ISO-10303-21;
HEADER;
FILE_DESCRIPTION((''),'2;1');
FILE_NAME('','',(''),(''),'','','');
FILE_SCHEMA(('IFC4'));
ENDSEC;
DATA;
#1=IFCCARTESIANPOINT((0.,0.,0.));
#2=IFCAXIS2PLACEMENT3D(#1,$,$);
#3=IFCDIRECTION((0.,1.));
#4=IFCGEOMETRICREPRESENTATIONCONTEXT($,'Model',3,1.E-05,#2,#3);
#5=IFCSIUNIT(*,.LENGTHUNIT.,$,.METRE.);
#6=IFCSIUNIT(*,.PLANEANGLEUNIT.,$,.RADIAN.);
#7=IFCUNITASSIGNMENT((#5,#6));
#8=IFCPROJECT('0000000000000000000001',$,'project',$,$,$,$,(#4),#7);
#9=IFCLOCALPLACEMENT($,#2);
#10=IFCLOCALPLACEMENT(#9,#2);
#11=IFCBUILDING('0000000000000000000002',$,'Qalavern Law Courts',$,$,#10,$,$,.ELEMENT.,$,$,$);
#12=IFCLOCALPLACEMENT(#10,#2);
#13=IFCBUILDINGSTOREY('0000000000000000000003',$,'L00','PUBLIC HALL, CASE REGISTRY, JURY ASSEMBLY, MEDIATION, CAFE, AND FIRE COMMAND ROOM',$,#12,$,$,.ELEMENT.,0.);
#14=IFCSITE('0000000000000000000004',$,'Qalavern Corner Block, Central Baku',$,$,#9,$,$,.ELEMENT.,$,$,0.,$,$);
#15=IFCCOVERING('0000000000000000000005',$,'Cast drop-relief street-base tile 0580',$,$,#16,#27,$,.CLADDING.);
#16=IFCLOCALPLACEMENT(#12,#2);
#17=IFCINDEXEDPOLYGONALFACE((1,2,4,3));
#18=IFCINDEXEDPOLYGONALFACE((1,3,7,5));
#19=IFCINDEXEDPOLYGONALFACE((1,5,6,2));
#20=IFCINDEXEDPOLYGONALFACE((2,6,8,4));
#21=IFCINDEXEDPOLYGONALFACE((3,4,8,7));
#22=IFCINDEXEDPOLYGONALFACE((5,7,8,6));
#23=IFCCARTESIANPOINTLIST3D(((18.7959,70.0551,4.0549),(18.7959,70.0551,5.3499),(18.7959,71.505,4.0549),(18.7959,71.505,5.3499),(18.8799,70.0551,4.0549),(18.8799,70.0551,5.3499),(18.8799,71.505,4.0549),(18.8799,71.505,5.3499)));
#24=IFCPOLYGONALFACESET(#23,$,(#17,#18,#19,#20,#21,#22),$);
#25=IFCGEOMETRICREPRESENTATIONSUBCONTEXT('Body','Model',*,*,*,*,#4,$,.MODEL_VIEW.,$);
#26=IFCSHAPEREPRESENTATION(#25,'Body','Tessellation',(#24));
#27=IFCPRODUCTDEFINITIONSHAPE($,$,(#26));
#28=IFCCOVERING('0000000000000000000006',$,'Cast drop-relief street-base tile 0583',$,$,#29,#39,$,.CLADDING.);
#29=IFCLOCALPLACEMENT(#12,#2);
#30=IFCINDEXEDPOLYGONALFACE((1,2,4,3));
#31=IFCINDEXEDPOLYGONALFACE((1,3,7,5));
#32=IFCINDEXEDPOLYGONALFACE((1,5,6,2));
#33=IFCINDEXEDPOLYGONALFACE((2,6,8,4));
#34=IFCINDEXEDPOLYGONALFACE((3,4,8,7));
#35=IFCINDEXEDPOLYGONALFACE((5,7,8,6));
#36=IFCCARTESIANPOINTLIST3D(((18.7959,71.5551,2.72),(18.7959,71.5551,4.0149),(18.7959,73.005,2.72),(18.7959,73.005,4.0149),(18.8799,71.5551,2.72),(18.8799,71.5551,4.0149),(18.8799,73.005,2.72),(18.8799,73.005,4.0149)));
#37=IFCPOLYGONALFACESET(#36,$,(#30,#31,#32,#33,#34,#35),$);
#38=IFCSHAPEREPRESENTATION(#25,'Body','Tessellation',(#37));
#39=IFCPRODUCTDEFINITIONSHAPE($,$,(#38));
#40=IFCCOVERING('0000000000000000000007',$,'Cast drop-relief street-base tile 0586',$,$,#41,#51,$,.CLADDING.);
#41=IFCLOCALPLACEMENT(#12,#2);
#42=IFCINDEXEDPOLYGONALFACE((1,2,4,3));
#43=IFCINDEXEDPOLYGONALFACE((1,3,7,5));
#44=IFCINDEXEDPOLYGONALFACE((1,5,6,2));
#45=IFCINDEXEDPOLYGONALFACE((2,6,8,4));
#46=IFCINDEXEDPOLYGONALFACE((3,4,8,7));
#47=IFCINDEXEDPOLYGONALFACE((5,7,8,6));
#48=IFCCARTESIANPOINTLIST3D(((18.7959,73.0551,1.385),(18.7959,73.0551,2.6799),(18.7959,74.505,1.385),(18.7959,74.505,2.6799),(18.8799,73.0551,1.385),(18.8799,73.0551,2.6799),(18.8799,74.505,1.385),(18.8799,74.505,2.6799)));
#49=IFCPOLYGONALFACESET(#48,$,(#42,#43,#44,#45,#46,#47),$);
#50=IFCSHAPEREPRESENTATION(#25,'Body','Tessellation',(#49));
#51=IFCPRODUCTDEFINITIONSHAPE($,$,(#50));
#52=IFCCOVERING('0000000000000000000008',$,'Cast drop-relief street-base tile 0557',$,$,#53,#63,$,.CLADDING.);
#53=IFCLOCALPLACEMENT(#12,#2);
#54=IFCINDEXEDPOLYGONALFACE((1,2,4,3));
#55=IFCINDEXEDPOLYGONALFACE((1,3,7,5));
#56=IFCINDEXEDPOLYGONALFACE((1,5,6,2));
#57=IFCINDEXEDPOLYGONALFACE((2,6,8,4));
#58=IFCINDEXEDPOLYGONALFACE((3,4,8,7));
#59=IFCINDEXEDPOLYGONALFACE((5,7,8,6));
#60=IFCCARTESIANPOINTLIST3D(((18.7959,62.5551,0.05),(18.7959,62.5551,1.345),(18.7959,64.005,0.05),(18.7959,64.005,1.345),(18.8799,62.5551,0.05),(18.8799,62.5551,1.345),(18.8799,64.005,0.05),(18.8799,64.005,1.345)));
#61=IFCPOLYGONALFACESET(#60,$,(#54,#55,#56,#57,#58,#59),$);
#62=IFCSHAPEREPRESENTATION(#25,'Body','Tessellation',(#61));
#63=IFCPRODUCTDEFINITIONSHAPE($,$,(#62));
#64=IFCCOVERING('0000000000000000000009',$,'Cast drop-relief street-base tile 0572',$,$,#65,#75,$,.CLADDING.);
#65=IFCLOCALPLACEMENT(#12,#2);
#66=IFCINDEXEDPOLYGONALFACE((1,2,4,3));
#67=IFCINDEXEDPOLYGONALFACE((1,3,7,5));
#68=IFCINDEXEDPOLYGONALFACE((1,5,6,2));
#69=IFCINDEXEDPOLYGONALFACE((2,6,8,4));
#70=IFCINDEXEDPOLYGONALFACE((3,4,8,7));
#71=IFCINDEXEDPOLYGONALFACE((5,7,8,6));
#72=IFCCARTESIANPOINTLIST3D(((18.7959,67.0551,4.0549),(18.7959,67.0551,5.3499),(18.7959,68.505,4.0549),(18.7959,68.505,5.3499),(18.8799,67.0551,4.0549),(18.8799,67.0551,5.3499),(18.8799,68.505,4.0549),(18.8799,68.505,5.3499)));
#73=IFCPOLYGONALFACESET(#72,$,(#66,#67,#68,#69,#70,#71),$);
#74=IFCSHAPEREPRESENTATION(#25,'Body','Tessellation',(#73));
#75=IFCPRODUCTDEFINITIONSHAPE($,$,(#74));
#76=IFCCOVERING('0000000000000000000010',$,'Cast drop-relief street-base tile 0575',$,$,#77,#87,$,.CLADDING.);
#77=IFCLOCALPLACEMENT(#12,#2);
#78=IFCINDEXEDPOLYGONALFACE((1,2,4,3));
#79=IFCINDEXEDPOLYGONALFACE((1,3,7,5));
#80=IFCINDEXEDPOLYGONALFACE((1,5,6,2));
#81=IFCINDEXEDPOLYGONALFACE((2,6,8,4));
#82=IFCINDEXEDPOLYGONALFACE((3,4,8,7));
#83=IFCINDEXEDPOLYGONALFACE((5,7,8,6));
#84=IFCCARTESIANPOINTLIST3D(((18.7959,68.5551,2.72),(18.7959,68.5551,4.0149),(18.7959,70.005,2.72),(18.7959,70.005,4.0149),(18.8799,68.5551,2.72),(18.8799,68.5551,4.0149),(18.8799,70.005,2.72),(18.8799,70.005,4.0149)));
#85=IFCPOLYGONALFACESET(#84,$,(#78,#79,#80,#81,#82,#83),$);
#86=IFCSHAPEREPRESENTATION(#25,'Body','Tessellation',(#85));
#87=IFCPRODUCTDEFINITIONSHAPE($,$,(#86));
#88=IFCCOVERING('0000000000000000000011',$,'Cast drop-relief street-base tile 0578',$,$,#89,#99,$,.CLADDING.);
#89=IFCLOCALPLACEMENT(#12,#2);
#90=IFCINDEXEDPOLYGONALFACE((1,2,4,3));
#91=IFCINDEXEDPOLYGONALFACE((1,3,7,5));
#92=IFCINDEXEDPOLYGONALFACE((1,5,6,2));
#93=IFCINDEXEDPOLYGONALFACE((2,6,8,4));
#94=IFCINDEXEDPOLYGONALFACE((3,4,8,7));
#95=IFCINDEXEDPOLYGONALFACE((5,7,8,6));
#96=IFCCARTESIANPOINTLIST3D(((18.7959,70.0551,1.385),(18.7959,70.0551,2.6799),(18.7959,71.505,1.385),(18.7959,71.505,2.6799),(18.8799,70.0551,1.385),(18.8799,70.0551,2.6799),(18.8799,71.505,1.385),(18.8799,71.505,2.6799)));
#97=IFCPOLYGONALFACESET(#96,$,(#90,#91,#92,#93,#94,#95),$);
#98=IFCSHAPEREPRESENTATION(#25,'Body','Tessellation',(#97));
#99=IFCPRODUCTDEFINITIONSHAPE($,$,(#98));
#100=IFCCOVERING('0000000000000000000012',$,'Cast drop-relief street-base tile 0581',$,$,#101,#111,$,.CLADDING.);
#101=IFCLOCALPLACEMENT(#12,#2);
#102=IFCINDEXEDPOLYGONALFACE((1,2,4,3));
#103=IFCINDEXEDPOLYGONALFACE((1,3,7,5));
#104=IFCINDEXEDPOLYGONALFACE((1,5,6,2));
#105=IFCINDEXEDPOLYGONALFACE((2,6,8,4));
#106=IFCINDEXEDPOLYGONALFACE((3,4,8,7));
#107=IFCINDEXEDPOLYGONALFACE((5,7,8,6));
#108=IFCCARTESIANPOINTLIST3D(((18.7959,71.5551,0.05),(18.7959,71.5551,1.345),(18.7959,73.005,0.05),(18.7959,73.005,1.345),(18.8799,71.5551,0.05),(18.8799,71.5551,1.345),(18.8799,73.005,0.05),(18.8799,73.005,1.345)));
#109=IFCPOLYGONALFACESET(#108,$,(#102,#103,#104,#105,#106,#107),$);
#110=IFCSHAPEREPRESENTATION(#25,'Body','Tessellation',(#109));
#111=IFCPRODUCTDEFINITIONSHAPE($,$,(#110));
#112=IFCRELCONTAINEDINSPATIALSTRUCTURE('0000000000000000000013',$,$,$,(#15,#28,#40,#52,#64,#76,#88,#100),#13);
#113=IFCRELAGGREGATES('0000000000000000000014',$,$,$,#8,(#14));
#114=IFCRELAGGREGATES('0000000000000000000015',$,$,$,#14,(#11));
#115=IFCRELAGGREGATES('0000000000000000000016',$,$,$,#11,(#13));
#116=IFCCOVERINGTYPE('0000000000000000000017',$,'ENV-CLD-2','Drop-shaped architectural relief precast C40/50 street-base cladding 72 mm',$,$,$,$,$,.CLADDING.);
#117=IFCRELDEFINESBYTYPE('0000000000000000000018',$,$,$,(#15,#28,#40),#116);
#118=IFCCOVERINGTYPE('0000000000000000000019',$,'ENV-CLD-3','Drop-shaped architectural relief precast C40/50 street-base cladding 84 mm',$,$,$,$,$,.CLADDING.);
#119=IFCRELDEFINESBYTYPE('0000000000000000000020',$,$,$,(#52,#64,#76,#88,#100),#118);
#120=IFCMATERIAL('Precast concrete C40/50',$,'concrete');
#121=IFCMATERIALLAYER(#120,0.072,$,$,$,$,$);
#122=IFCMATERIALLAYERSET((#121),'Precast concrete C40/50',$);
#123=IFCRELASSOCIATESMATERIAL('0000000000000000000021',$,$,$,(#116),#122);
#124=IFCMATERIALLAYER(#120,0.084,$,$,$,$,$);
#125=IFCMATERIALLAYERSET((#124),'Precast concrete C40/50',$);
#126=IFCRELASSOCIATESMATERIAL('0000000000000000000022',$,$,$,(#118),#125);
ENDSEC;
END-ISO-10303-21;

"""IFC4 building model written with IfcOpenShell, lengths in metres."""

from ifc_helpers import new_model, si_unit, direction, frame, origin, origin_2d, place, context, subcontext, project, spatial, rectangle, extrude, material, layer, layer_set, type_object, element, save


model = new_model("IFC4")

# Units and contexts
model_context = context("Model", 3, precision=1e-05, world=origin(), true_north=direction((0.0, 1.0)))
body_context = subcontext(model_context, "Body", "Model", "MODEL_VIEW")
ifc_project = project(units=[si_unit("LENGTHUNIT", "METRE"), si_unit("PLANEANGLEUNIT", "RADIAN")], contexts=[model_context])

# Site, building, storey
site_placement = place(None, origin())
site = spatial("IfcSite", under=ifc_project, at=site_placement, Name="Qalavern Corner Block, Central Baku", CompositionType="ELEMENT", RefElevation=0.0)
building_placement = place(site_placement, origin())
building = spatial("IfcBuilding", under=site, at=building_placement, Name="Qalavern Law Courts", CompositionType="ELEMENT")
storey_placement = place(building_placement, origin())
storey = spatial("IfcBuildingStorey", under=building, at=storey_placement, Name="L00", Description="PUBLIC HALL, CASE REGISTRY, JURY ASSEMBLY, MEDIATION, CAFE, AND FIRE COMMAND ROOM", CompositionType="ELEMENT", Elevation=0.0)

# Coverings
ifc_material_1 = material(Name="Precast concrete C40/50", Category="concrete")
ifc_layer_1 = layer(ifc_material_1, 0.072)
ifc_layer_set_1 = layer_set([ifc_layer_1], Name="Precast concrete C40/50")
covering_type_1 = type_object("IfcCoveringType", Name="ENV-CLD-2", Description="Drop-shaped architectural relief precast C40/50 street-base cladding 72 mm", PredefinedType="CLADDING", material=ifc_layer_set_1)
for number, where, z_axis, x_axis, name in (
    (1, (18.8379, 70.78, 4.0549), (0.0, 0.0, 1.0), (0.0, 1.0, 0.0), "Cast drop-relief street-base tile 0580"),
    (2, (18.8379, 72.28, 2.72), (0.0, 0.0, 1.0), (0.0, 1.0, 0.0), "Cast drop-relief street-base tile 0583"),
    (3, (18.8379, 73.78, 1.385), (0.0, 0.0, 1.0), (0.0, 1.0, 0.0), "Cast drop-relief street-base tile 0586"),
):
    element("IfcCovering", number, at=place(storey_placement, frame(where, z_axis=z_axis, x_axis=x_axis)), inside=storey, type_object=covering_type_1, Name=name, PredefinedType="CLADDING", context=body_context, shape_type="SweptSolid", body=[
        extrude(rectangle(XDim=1.45, YDim=0.084, at=origin_2d()), origin(), (0.0, 0.0, 1.0), 1.2949),
    ])
ifc_layer_2 = layer(ifc_material_1, 0.084)
ifc_layer_set_2 = layer_set([ifc_layer_2], Name="Precast concrete C40/50")
covering_type_2 = type_object("IfcCoveringType", Name="ENV-CLD-3", Description="Drop-shaped architectural relief precast C40/50 street-base cladding 84 mm", PredefinedType="CLADDING", material=ifc_layer_set_2)
for number, where, z_axis, x_axis, name in (
    (4, (18.8379, 63.28, 0.05), (0.0, 0.0, 1.0), (0.0, 1.0, 0.0), "Cast drop-relief street-base tile 0557"),
    (5, (18.8379, 67.78, 4.0549), (0.0, 0.0, 1.0), (0.0, 1.0, 0.0), "Cast drop-relief street-base tile 0572"),
    (6, (18.8379, 69.28, 2.72), (0.0, 0.0, 1.0), (0.0, 1.0, 0.0), "Cast drop-relief street-base tile 0575"),
    (7, (18.8379, 70.78, 1.385), (0.0, 0.0, 1.0), (0.0, 1.0, 0.0), "Cast drop-relief street-base tile 0578"),
    (8, (18.8379, 72.28, 0.05), (0.0, 0.0, 1.0), (0.0, 1.0, 0.0), "Cast drop-relief street-base tile 0581"),
):
    element("IfcCovering", number, at=place(storey_placement, frame(where, z_axis=z_axis, x_axis=x_axis)), inside=storey, type_object=covering_type_2, Name=name, PredefinedType="CLADDING", context=body_context, shape_type="SweptSolid", body=[
        extrude(rectangle(XDim=1.45, YDim=0.084, at=origin_2d()), origin(), (0.0, 0.0, 1.0), 1.2949),
    ])

save(model, "model.ifc")
